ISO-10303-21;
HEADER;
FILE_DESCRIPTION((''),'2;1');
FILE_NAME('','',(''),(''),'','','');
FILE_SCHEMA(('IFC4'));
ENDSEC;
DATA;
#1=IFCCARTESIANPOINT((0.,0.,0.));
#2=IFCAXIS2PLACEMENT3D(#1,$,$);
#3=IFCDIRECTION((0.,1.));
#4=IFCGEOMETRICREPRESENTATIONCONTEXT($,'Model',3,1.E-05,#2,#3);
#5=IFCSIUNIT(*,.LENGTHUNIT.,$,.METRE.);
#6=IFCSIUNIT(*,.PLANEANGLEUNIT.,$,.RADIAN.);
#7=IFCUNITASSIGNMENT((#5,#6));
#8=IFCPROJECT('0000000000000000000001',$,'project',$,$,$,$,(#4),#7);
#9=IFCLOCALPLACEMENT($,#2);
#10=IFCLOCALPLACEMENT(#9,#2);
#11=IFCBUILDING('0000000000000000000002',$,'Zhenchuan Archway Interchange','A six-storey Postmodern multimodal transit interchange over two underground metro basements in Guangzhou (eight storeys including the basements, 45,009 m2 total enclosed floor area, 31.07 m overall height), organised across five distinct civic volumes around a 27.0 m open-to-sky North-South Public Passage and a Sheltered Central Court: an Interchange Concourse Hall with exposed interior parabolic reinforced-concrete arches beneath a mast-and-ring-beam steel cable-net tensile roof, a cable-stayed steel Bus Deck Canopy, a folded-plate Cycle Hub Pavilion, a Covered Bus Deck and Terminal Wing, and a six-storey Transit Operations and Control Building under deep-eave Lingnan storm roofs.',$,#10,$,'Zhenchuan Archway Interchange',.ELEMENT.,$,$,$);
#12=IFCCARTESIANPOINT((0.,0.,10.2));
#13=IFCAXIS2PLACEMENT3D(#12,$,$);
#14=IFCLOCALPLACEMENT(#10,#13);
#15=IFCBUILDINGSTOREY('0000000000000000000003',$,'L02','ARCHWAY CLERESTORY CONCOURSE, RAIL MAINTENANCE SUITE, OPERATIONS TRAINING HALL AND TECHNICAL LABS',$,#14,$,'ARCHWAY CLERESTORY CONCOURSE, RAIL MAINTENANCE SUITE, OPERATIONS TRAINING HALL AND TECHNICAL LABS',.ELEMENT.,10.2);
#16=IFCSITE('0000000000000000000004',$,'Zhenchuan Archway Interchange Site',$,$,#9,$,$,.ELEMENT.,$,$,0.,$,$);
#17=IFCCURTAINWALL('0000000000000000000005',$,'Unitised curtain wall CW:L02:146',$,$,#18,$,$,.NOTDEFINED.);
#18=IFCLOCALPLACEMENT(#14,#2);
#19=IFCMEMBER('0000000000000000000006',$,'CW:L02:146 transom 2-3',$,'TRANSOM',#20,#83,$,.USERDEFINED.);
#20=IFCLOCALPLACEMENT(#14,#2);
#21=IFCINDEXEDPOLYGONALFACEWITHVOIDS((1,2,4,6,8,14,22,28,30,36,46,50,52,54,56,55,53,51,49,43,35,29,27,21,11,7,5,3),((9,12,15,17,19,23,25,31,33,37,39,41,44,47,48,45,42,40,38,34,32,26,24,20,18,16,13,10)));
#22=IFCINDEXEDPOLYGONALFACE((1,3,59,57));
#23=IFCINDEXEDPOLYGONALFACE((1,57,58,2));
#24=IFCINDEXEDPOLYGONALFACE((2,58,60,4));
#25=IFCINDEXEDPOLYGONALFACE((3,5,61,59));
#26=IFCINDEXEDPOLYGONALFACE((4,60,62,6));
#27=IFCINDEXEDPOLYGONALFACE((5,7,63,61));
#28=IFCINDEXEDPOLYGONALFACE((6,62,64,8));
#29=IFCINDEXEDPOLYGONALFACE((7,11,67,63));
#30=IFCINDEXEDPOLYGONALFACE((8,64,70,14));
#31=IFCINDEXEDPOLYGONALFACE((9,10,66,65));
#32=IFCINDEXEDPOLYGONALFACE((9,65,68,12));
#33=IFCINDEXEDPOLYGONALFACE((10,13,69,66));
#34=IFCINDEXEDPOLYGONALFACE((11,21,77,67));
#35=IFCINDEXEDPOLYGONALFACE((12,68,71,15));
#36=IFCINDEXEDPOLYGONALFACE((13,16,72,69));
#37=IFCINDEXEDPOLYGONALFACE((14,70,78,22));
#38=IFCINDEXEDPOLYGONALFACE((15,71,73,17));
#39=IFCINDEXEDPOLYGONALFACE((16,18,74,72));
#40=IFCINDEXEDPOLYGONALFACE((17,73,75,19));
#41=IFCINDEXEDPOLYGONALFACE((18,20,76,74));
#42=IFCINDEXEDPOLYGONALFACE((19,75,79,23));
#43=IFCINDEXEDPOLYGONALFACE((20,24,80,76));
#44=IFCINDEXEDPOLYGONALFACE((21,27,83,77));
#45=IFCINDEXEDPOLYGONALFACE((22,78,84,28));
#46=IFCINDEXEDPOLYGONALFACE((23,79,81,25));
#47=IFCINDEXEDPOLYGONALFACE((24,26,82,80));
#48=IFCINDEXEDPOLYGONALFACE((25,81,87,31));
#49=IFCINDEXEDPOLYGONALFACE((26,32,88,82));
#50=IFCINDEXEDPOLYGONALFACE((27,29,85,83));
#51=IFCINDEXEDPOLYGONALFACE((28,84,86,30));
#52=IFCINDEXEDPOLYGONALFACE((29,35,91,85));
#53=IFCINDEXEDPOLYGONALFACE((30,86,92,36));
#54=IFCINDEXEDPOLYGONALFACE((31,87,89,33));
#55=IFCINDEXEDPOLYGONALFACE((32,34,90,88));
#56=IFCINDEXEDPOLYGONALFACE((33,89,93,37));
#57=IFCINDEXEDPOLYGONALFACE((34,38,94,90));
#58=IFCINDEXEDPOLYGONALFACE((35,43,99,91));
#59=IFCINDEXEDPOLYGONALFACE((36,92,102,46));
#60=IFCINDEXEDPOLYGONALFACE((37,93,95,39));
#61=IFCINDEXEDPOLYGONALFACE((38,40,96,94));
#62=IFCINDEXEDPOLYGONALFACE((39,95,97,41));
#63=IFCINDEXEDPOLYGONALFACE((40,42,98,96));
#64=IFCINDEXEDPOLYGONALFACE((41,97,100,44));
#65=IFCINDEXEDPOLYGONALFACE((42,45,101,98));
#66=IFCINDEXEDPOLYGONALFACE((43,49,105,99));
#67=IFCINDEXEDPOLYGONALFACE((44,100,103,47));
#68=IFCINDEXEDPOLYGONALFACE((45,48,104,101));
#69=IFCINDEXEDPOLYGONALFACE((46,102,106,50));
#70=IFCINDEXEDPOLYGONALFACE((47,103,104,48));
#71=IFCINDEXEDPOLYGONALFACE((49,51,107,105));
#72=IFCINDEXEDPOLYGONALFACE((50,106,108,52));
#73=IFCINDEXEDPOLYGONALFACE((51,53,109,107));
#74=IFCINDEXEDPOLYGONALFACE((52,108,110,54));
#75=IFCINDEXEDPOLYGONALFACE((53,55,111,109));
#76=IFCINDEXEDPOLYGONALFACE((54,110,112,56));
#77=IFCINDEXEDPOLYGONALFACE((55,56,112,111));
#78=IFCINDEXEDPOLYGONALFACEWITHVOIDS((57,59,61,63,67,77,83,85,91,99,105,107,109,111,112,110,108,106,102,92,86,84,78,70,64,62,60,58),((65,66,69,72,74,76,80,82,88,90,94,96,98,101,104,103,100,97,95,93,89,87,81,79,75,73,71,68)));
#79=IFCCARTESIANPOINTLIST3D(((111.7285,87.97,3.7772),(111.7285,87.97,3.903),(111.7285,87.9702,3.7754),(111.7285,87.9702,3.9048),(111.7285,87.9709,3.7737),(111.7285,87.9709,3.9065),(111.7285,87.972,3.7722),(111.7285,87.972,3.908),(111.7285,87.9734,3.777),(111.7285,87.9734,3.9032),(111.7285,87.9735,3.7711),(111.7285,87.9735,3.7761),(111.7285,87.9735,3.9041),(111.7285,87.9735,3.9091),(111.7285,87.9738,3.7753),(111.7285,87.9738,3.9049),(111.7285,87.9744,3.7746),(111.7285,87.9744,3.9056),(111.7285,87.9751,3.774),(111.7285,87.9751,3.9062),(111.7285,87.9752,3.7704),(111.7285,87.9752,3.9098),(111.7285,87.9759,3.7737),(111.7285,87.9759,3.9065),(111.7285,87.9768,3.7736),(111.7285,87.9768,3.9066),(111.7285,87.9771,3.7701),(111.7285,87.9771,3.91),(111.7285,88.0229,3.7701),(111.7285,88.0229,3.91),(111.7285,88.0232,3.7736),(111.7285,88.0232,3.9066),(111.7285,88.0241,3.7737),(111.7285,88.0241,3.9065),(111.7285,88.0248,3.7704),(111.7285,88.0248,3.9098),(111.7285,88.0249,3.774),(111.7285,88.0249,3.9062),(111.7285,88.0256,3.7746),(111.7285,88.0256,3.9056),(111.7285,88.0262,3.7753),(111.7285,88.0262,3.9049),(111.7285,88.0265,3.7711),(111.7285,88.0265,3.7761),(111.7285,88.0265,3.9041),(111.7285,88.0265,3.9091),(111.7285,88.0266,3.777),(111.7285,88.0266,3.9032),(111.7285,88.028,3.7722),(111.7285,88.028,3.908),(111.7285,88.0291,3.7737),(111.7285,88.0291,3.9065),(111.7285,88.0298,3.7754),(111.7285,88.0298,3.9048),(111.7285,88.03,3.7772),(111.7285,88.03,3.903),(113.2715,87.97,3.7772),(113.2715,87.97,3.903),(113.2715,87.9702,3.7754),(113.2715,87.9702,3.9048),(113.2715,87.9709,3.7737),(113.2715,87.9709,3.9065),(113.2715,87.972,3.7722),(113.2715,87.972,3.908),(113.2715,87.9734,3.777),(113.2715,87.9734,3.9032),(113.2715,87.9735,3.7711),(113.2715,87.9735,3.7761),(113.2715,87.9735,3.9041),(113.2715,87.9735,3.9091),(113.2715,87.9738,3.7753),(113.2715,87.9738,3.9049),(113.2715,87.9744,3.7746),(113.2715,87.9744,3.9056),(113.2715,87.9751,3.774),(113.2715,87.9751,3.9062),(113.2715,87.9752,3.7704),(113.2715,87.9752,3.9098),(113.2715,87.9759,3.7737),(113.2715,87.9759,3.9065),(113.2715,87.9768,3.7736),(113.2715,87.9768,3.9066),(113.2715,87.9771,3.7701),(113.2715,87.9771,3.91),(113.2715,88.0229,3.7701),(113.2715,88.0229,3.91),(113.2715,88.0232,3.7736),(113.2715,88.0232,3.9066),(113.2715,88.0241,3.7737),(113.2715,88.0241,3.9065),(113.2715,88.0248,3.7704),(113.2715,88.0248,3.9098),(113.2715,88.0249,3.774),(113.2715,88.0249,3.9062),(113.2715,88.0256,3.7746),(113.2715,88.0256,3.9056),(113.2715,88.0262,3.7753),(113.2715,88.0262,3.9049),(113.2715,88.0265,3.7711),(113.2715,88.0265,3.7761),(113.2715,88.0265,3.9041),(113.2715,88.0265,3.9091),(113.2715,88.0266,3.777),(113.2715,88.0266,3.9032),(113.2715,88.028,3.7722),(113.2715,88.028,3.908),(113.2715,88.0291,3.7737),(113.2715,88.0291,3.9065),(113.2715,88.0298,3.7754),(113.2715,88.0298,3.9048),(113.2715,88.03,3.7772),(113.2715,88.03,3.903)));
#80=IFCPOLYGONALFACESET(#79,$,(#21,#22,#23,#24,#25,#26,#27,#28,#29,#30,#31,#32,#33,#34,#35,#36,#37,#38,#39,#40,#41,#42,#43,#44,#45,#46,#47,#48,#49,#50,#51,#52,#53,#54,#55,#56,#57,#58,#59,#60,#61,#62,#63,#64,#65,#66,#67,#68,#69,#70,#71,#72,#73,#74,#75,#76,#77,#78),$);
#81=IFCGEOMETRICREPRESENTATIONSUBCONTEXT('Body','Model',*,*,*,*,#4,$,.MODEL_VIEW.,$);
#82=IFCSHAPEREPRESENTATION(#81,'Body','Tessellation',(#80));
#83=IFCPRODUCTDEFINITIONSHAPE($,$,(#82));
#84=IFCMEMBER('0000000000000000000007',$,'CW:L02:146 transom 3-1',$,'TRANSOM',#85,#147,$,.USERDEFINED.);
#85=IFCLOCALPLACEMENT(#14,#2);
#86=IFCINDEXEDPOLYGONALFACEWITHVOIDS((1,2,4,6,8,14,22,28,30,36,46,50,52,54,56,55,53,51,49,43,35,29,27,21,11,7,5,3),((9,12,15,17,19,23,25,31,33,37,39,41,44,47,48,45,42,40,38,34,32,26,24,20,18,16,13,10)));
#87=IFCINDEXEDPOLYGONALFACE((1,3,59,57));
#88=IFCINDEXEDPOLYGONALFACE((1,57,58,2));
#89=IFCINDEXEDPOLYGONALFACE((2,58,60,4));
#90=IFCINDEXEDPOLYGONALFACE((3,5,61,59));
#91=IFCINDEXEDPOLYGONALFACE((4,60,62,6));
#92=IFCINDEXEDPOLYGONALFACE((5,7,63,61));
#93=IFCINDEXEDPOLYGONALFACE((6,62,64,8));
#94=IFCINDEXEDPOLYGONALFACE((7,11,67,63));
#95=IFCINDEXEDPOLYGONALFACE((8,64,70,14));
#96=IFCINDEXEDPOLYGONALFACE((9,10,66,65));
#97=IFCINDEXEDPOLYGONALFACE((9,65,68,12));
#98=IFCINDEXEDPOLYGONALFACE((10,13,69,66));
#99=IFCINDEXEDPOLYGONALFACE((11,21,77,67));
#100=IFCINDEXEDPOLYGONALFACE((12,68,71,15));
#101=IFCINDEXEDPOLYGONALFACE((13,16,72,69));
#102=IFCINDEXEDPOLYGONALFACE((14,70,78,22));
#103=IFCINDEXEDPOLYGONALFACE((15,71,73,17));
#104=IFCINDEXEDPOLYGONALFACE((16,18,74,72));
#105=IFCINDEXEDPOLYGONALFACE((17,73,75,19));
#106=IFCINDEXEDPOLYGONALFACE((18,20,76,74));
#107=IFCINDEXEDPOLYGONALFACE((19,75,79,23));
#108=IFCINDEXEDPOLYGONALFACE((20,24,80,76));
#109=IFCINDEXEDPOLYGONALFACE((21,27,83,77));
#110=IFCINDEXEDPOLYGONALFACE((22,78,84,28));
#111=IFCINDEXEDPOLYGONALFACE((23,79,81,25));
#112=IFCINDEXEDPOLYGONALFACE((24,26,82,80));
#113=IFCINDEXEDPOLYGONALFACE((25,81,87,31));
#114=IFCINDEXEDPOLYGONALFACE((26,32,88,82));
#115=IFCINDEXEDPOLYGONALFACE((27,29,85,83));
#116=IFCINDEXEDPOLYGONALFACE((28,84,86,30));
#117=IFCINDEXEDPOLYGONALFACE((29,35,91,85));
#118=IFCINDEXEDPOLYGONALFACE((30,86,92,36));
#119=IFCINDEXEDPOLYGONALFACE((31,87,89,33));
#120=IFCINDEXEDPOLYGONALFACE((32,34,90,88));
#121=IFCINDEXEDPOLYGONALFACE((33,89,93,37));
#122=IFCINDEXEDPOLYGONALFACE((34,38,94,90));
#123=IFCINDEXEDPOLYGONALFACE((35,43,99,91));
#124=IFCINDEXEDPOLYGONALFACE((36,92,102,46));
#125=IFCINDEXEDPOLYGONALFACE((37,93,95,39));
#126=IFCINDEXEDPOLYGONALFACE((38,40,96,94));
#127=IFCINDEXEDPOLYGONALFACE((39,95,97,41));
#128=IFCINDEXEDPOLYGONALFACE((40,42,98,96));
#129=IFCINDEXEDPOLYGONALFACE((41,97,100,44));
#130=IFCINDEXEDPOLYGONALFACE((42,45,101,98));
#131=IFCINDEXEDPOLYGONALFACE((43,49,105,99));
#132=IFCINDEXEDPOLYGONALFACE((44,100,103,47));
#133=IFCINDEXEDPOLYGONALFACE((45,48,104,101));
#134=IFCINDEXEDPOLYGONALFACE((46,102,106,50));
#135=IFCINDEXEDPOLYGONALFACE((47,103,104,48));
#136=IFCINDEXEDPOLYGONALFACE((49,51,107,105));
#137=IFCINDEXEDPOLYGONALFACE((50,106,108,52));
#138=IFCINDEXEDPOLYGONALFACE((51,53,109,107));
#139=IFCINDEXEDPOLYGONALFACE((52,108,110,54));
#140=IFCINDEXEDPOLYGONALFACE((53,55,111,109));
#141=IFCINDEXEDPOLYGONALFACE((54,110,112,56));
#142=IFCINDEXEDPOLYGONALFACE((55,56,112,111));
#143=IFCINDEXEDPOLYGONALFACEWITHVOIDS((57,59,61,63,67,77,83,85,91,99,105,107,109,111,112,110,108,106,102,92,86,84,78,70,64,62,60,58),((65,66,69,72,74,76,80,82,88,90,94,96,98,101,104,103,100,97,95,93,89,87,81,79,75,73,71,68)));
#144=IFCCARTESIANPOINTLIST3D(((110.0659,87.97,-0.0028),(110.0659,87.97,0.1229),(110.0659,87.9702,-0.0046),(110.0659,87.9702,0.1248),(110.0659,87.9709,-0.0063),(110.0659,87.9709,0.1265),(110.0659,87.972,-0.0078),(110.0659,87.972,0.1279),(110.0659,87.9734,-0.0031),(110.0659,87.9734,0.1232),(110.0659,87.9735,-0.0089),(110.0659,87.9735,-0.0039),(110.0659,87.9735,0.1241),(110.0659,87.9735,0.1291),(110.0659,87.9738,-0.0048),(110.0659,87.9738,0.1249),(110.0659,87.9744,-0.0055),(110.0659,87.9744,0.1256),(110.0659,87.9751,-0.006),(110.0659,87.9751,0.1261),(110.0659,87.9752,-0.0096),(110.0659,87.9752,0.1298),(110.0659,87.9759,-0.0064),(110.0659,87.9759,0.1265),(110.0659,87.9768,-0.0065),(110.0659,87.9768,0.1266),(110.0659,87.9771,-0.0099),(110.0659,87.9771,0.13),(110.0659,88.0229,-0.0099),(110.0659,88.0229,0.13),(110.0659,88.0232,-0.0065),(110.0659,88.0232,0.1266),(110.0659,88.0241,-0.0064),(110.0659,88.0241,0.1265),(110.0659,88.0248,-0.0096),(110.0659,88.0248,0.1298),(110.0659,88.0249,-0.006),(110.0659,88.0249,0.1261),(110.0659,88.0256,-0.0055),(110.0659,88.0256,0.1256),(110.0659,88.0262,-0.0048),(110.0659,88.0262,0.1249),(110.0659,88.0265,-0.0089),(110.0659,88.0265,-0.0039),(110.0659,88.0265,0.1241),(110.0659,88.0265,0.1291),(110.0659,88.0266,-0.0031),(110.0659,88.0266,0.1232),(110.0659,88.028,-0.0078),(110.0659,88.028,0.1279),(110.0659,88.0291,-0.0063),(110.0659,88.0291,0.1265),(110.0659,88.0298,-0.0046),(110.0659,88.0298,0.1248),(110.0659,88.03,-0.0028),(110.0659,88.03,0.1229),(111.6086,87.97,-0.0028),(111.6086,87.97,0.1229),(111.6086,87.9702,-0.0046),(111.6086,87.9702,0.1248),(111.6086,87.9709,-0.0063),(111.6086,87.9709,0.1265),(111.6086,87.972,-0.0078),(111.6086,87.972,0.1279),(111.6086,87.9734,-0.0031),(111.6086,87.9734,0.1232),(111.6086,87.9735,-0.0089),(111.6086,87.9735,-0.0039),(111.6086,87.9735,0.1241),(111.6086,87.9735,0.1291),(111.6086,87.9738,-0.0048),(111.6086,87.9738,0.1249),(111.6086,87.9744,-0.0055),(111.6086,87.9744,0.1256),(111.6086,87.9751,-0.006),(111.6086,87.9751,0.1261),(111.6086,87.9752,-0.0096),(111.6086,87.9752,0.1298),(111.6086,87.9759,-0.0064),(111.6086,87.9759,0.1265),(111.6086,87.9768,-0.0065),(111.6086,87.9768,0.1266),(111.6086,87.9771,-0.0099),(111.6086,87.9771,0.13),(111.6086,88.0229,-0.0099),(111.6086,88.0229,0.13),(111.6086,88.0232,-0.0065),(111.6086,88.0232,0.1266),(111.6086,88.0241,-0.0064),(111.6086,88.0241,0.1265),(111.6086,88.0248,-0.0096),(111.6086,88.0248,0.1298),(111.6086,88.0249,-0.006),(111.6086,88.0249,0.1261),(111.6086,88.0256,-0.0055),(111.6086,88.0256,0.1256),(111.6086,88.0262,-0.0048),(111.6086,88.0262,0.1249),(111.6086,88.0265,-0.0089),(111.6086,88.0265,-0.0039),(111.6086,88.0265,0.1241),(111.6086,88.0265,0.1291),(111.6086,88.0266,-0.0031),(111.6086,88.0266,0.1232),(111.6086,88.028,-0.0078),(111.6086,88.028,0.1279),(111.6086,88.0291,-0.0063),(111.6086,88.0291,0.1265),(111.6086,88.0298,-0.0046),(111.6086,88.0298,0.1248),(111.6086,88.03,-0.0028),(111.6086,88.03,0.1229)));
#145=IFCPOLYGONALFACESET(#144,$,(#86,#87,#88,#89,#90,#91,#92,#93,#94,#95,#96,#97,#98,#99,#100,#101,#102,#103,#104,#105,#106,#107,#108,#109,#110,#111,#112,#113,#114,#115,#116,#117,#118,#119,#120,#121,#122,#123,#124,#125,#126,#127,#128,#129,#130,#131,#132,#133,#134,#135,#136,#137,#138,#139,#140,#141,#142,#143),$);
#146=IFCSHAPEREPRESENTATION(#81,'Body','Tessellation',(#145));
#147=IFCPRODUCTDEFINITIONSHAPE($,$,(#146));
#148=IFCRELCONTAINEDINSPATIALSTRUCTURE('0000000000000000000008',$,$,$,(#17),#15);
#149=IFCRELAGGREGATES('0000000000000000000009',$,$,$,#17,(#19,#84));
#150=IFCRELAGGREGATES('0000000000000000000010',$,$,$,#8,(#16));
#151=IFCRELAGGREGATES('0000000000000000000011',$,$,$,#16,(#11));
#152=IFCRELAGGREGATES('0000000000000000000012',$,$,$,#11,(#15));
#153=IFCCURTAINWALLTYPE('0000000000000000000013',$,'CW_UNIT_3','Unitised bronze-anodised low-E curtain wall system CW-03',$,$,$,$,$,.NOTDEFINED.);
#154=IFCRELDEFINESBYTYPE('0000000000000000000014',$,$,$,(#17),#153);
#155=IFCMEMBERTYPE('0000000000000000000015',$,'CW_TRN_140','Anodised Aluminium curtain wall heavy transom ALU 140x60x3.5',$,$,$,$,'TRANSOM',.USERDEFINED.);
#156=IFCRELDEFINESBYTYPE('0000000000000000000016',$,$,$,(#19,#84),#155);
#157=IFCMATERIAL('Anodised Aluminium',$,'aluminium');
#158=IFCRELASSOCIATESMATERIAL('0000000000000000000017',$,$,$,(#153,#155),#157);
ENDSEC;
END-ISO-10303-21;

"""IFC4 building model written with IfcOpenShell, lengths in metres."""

from ifc_helpers import new_model, si_unit, direction, frame, origin, origin_2d, place, context, subcontext, project, spatial, hollow_rectangle, extrude, material, material_profile, profile_set, type_object, element, aggregate, save


model = new_model("IFC4")

# Units and contexts
model_context = context("Model", 3, precision=1e-05, world=origin(), true_north=direction((0.0, 1.0)))
body_context = subcontext(model_context, "Body", "Model", "MODEL_VIEW")
ifc_project = project(units=[si_unit("LENGTHUNIT", "METRE"), si_unit("PLANEANGLEUNIT", "RADIAN")], contexts=[model_context])

# Site, building, storey
site_placement = place(None, origin())
site = spatial("IfcSite", under=ifc_project, at=site_placement, Name="Zhenchuan Archway Interchange Site", CompositionType="ELEMENT", RefElevation=0.0)
building_placement = place(site_placement, origin())
building = spatial("IfcBuilding", under=site, at=building_placement, Name="Zhenchuan Archway Interchange", Description="A six-storey Postmodern multimodal transit interchange over two underground metro basements in Guangzhou (eight storeys including the basements, 45,009 m2 total enclosed floor area, 31.07 m overall height), organised across five distinct civic volumes around a 27.0 m open-to-sky North-South Public Passage and a Sheltered Central Court: an Interchange Concourse Hall with exposed interior parabolic reinforced-concrete arches beneath a mast-and-ring-beam steel cable-net tensile roof, a cable-stayed steel Bus Deck Canopy, a folded-plate Cycle Hub Pavilion, a Covered Bus Deck and Terminal Wing, and a six-storey Transit Operations and Control Building under deep-eave Lingnan storm roofs.", LongName="Zhenchuan Archway Interchange", CompositionType="ELEMENT")
storey_placement = place(building_placement, frame((0.0, 0.0, 10.2)))
storey = spatial("IfcBuildingStorey", under=building, at=storey_placement, Name="L02", Description="ARCHWAY CLERESTORY CONCOURSE, RAIL MAINTENANCE SUITE, OPERATIONS TRAINING HALL AND TECHNICAL LABS", LongName="ARCHWAY CLERESTORY CONCOURSE, RAIL MAINTENANCE SUITE, OPERATIONS TRAINING HALL AND TECHNICAL LABS", CompositionType="ELEMENT", Elevation=10.2)

# Curtain wall, members
ifc_material_1 = material(Name="Anodised Aluminium", Category="aluminium")
curtain_wall_type = type_object("IfcCurtainWallType", Name="CW_UNIT_3", Description="Unitised bronze-anodised low-E curtain wall system CW-03", PredefinedType="NOTDEFINED", material=ifc_material_1)
curtain_wall_placement = place(storey_placement, origin())
curtain_wall = element("IfcCurtainWall", 1, at=curtain_wall_placement, inside=storey, type_object=curtain_wall_type, Name="Unitised curtain wall CW:L02:146", PredefinedType="NOTDEFINED")
ifc_material_profile_1 = material_profile(ifc_material_1, hollow_rectangle(XDim=0.0601, YDim=0.1399, WallThickness=0.0034, InnerFilletRadius=0.0034, OuterFilletRadius=0.0071, at=origin_2d()), Name="ALU 140x60x3.5")
ifc_profile_set_1 = profile_set([ifc_material_profile_1], Name="Anodised Aluminium")
member_type_1 = type_object("IfcMemberType", Name="CW_TRN_140", Description="Anodised Aluminium curtain wall heavy transom ALU 140x60x3.5", ElementType="TRANSOM", PredefinedType="USERDEFINED", material=ifc_profile_set_1)
member_1_placement = place(storey_placement, frame((113.2715, 88.0, 3.8401), z_axis=(-1.0, 0.0, 0.0), x_axis=(0.0, -1.0, 0.0)))
member_1 = element("IfcMember", 2, at=member_1_placement, type_object=member_type_1, Name="CW:L02:146 transom 2-3", ObjectType="TRANSOM", PredefinedType="USERDEFINED", context=body_context, shape_type="SweptSolid", body=[
    extrude(hollow_rectangle(XDim=0.0601, YDim=0.1399, WallThickness=0.0034, InnerFilletRadius=0.0034, OuterFilletRadius=0.0071, at=origin_2d()), origin(), (0.0, 0.0, 1.0), 1.543),
])
member_2_placement = place(storey_placement, frame((111.6086, 88.0, 0.0601), z_axis=(-1.0, 0.0, 0.0), x_axis=(0.0, -1.0, 0.0)))
member_2 = element("IfcMember", 3, at=member_2_placement, type_object=member_type_1, Name="CW:L02:146 transom 3-1", ObjectType="TRANSOM", PredefinedType="USERDEFINED", context=body_context, shape_type="SweptSolid", body=[
    extrude(hollow_rectangle(XDim=0.0601, YDim=0.1399, WallThickness=0.0034, InnerFilletRadius=0.0034, OuterFilletRadius=0.0071, at=origin_2d()), origin(), (0.0, 0.0, 1.0), 1.5427),
])

aggregate(curtain_wall, [member_1, member_2])

save(model, "model.ifc")
